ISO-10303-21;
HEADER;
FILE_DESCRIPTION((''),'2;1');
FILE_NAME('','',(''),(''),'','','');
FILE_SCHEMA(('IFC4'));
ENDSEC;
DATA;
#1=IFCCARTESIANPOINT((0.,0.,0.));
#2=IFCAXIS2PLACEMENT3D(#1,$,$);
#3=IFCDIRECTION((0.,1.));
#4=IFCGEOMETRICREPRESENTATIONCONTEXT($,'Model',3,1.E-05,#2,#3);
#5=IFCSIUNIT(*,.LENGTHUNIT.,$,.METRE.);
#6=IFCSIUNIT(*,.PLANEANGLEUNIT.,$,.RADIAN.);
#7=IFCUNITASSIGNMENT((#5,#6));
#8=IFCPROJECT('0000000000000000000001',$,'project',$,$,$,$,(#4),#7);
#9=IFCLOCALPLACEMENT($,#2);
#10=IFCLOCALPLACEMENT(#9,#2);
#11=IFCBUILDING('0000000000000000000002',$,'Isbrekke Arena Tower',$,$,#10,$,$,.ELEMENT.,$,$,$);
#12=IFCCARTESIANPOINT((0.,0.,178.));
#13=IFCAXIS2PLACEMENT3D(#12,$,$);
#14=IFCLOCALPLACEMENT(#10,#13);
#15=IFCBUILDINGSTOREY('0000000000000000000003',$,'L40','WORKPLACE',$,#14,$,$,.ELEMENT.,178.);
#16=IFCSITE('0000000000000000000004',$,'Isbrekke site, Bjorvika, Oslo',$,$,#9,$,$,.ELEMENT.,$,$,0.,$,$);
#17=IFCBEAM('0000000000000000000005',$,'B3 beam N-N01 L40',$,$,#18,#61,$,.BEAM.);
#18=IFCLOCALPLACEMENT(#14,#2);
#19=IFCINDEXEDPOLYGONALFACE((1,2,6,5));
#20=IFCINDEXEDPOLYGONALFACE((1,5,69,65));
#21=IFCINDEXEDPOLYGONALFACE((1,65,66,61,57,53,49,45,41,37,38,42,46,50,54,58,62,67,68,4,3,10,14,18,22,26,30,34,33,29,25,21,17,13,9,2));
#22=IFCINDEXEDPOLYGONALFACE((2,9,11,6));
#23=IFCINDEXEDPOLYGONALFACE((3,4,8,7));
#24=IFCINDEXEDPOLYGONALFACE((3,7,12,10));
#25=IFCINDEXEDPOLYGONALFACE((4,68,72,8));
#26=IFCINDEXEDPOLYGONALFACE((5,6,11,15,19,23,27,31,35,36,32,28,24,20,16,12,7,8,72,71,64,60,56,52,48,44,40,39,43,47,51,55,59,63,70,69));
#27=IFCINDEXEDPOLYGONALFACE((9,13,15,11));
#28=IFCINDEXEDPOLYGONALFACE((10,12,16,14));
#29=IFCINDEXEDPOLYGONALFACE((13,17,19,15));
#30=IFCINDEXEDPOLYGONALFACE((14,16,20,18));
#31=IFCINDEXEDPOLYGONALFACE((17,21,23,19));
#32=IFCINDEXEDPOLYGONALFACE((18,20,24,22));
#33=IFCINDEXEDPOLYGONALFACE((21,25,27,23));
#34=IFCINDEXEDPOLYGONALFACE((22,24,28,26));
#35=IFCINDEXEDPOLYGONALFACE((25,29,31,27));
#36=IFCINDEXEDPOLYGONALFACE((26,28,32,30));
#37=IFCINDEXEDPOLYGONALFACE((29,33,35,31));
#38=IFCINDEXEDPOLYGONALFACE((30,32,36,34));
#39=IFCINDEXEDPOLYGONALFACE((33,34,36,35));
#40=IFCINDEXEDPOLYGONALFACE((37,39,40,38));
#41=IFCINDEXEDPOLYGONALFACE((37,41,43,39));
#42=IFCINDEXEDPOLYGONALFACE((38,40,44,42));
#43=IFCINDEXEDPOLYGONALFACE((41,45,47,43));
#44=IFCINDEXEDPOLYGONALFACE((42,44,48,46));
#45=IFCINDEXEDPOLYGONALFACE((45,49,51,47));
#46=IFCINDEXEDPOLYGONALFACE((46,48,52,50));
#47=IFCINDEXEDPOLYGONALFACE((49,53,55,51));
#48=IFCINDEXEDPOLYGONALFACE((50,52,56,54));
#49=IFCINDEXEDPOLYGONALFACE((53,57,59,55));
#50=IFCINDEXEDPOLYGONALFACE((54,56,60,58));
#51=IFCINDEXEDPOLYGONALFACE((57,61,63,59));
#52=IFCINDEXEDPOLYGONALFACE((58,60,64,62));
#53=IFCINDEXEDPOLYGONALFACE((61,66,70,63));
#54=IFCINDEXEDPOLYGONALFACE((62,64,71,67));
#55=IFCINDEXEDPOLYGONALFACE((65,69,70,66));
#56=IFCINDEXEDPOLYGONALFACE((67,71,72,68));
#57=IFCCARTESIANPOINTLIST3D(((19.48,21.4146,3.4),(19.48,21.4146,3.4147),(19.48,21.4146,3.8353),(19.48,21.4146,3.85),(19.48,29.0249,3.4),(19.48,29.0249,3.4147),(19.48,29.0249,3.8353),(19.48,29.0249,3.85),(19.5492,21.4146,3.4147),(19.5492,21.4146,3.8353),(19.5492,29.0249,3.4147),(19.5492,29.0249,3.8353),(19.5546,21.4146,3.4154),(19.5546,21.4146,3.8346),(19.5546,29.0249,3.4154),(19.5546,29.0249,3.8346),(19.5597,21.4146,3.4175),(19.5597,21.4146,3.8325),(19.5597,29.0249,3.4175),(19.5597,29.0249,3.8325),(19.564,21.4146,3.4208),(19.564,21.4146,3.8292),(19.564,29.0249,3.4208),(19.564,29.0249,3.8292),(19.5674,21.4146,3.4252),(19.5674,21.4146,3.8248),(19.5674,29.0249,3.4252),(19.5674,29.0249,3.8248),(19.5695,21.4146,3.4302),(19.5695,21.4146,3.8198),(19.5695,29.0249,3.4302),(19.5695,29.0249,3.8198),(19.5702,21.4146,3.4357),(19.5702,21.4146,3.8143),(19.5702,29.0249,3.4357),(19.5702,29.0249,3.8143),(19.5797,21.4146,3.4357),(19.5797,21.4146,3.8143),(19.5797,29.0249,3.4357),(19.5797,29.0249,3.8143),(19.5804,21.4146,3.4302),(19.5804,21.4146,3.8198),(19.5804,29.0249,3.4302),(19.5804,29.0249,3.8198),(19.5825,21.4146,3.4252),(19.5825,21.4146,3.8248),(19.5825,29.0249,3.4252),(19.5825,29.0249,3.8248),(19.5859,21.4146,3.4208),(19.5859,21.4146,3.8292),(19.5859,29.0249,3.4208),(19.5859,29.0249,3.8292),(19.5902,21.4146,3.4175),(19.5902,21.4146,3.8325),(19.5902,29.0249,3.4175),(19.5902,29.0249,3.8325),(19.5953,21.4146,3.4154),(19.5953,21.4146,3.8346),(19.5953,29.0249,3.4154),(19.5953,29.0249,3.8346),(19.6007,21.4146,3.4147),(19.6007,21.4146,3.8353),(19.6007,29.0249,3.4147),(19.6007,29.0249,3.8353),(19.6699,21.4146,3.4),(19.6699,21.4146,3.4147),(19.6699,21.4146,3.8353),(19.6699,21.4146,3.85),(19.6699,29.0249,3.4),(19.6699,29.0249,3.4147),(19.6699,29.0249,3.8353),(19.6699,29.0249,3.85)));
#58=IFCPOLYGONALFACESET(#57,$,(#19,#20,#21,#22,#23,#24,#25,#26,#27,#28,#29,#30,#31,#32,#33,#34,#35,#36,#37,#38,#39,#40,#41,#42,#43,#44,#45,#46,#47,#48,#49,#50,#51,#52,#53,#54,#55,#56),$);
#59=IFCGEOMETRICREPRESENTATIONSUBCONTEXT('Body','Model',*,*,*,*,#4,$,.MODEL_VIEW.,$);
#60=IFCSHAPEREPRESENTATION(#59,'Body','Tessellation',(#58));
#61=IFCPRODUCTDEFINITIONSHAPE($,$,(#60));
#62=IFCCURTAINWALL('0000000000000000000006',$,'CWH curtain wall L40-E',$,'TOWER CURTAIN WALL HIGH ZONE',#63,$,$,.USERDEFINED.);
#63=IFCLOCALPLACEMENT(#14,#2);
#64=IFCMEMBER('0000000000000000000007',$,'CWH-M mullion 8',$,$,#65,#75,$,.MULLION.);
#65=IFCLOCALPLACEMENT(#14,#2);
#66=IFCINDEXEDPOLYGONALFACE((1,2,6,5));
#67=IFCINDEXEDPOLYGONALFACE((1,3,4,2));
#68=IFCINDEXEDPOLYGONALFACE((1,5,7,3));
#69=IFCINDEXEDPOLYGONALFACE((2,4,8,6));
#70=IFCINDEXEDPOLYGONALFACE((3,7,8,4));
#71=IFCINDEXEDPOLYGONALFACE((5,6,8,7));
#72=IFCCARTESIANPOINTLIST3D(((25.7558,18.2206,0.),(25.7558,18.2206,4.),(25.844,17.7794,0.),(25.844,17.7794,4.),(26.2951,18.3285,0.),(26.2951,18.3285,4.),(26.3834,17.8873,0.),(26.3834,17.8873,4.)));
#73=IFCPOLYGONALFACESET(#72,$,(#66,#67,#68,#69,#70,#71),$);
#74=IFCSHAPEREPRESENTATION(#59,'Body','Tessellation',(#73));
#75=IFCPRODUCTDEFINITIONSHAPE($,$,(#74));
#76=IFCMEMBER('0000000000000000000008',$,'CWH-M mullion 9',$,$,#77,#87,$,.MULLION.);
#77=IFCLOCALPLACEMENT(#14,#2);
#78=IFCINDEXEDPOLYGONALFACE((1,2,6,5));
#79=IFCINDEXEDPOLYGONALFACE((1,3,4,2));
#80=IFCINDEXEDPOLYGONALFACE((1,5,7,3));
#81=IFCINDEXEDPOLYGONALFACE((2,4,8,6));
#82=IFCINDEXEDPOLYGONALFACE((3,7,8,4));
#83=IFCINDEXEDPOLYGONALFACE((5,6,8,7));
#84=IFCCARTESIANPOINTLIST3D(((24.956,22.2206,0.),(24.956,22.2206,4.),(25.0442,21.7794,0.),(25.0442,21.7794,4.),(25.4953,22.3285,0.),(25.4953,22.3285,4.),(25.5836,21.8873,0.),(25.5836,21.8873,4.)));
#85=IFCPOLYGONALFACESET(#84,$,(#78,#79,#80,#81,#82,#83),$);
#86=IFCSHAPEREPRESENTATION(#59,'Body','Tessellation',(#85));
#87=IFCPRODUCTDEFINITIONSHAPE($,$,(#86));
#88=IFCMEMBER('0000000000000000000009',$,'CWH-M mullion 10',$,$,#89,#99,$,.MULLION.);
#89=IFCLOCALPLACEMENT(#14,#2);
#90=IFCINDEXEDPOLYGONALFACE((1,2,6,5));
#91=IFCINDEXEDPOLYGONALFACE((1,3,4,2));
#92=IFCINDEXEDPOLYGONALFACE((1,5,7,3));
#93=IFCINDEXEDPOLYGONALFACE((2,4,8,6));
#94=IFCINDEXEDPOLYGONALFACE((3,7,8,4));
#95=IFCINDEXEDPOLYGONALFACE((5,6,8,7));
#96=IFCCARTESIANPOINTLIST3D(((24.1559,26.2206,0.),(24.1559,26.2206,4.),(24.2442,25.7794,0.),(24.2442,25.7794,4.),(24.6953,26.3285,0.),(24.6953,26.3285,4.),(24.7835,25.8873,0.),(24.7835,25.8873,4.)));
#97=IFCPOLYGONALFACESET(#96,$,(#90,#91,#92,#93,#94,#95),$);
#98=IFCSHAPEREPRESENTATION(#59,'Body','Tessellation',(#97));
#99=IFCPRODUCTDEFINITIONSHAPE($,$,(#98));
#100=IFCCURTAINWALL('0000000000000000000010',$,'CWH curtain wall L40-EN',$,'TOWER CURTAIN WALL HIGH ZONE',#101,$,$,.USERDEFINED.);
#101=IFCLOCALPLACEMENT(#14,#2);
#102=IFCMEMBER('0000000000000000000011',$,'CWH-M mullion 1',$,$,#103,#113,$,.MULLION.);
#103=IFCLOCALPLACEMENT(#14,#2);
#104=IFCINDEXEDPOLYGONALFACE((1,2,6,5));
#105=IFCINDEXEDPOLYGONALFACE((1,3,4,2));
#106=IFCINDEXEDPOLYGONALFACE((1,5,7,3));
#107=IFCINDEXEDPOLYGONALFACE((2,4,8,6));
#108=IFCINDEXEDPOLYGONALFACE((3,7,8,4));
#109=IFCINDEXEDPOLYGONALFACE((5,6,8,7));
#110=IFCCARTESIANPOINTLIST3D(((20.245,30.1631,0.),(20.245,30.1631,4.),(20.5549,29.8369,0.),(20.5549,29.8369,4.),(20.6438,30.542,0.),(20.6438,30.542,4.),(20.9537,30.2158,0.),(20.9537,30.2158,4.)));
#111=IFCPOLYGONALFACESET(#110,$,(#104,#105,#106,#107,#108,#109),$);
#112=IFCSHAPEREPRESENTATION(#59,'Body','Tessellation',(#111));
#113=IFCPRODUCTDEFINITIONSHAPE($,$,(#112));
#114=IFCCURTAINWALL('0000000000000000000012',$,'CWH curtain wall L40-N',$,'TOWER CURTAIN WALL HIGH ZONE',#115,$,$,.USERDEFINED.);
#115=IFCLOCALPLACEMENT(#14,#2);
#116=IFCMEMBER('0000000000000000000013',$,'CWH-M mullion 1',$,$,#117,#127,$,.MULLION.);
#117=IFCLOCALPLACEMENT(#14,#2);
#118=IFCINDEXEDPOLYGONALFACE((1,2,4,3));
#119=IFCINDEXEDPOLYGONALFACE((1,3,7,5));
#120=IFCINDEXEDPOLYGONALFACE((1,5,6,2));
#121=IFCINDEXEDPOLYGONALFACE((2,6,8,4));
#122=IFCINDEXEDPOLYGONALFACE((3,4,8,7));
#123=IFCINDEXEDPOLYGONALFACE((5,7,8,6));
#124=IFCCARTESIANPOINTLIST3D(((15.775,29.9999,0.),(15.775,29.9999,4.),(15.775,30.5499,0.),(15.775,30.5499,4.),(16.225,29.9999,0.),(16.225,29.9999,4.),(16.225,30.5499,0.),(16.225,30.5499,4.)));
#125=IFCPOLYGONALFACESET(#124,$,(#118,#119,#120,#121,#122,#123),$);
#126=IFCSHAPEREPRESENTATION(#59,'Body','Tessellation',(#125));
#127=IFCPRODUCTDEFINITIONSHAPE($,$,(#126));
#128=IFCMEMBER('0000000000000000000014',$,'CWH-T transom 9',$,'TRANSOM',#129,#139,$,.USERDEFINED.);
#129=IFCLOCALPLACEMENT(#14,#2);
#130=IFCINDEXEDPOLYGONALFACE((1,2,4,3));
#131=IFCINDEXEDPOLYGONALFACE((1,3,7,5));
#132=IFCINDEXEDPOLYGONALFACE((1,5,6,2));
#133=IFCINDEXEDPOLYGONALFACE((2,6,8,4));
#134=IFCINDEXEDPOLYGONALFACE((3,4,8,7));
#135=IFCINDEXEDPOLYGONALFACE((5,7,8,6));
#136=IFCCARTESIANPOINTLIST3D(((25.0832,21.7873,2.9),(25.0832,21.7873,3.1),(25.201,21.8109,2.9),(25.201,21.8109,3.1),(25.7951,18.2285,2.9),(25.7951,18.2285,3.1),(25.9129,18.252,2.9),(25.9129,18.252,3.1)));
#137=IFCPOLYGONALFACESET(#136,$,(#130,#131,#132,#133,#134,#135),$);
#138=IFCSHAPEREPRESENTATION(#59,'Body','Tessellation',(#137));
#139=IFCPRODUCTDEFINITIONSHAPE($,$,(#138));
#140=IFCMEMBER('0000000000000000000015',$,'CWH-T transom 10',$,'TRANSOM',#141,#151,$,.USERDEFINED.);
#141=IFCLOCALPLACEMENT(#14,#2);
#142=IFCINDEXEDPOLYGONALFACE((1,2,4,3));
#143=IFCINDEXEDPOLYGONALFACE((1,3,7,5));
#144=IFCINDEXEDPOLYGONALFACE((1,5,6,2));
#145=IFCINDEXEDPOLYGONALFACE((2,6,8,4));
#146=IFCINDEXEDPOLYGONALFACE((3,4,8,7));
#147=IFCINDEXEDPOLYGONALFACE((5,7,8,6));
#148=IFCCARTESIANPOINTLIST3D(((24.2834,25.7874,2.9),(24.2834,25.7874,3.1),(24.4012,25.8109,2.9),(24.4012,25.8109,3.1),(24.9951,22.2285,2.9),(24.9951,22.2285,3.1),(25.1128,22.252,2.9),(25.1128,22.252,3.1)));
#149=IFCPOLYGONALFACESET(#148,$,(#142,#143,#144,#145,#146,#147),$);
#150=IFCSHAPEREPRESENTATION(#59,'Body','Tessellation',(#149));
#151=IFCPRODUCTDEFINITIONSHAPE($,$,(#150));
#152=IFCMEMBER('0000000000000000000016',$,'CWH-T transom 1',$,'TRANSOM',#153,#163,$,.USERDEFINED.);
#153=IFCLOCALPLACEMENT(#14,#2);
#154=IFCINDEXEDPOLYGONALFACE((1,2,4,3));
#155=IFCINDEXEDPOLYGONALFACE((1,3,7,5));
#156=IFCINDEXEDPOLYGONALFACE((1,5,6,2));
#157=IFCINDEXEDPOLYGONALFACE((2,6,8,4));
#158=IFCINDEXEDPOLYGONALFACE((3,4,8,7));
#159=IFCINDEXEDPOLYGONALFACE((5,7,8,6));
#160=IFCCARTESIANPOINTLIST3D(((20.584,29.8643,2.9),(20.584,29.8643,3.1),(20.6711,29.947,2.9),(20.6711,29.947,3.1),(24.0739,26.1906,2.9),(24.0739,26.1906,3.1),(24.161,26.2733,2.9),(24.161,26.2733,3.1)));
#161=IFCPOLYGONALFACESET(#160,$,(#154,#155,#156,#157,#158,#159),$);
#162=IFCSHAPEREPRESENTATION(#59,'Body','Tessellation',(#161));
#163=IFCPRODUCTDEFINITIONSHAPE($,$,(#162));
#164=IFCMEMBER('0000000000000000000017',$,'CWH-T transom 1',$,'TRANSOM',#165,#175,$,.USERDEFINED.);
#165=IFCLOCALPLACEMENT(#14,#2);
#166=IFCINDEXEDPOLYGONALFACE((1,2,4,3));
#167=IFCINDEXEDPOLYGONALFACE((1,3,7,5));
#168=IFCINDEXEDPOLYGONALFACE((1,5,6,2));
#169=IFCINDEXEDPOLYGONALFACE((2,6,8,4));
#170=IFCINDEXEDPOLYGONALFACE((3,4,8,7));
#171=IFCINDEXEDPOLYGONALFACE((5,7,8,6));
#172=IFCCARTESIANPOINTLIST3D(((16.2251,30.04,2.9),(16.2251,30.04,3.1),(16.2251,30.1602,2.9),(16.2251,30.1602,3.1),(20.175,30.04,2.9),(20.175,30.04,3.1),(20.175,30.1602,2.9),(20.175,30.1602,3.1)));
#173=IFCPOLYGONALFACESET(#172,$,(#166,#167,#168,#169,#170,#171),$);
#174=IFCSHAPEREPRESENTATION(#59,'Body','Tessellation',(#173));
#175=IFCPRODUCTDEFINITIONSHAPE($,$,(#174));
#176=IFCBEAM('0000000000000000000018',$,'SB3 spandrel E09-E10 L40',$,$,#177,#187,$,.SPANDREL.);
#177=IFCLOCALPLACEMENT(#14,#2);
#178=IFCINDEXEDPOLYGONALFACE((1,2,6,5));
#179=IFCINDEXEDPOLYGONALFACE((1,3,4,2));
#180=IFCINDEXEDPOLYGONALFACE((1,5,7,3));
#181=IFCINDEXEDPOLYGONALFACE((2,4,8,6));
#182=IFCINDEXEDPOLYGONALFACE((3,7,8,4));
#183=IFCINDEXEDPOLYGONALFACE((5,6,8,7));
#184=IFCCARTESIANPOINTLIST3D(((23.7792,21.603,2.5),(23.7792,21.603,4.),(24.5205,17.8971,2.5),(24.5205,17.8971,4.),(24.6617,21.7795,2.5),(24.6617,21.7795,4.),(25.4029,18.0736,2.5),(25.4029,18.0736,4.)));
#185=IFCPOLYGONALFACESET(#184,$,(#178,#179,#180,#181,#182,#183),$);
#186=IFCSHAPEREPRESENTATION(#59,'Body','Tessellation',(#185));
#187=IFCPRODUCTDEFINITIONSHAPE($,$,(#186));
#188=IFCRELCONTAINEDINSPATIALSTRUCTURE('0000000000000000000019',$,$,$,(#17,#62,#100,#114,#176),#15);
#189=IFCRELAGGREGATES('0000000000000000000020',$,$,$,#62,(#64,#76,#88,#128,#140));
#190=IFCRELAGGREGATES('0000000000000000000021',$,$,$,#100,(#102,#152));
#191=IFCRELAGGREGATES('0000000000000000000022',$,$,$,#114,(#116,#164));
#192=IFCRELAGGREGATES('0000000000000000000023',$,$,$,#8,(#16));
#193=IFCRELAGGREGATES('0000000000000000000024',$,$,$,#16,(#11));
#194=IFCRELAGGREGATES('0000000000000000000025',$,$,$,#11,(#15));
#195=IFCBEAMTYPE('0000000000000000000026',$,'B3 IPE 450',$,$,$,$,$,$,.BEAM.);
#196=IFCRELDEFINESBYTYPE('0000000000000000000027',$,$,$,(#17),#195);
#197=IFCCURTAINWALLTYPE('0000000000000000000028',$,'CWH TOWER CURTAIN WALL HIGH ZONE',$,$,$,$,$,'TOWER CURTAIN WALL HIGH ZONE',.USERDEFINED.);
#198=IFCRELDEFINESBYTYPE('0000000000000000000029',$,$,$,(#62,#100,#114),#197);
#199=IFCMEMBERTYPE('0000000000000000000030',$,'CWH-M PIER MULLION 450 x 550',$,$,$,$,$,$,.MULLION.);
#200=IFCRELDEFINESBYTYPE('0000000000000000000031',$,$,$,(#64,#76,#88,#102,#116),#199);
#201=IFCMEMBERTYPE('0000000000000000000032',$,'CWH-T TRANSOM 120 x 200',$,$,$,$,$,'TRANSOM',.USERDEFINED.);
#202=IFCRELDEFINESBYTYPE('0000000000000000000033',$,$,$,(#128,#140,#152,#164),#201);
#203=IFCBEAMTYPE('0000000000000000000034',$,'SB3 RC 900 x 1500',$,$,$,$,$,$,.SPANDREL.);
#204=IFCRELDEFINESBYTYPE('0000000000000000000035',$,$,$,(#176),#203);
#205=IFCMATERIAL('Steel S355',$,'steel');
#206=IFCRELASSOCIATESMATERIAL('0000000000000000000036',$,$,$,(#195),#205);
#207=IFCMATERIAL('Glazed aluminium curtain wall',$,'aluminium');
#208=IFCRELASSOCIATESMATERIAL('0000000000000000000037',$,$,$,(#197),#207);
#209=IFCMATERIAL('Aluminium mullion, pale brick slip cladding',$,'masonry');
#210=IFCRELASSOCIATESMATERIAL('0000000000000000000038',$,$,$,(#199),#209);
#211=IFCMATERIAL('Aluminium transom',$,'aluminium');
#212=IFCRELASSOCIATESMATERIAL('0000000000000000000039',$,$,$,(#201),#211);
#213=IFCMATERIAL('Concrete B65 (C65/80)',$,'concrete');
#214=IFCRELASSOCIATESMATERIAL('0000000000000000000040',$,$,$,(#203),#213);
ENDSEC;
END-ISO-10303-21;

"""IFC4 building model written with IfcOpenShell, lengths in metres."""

from ifc_helpers import new_model, si_unit, direction, frame, origin, origin_2d, place, context, subcontext, project, spatial, rectangle, i_section, extrude, material, material_profile, profile_set, type_object, element, aggregate, save


model = new_model("IFC4")

# Units and contexts
model_context = context("Model", 3, precision=1e-05, world=origin(), true_north=direction((0.0, 1.0)))
body_context = subcontext(model_context, "Body", "Model", "MODEL_VIEW")
ifc_project = project(units=[si_unit("LENGTHUNIT", "METRE"), si_unit("PLANEANGLEUNIT", "RADIAN")], contexts=[model_context])

# Site, building, storey
site_placement = place(None, origin())
site = spatial("IfcSite", under=ifc_project, at=site_placement, Name="Isbrekke site, Bjorvika, Oslo", CompositionType="ELEMENT", RefElevation=0.0)
building_placement = place(site_placement, origin())
building = spatial("IfcBuilding", under=site, at=building_placement, Name="Isbrekke Arena Tower", CompositionType="ELEMENT")
storey_placement = place(building_placement, frame((0.0, 0.0, 178.0)))
storey = spatial("IfcBuildingStorey", under=building, at=storey_placement, Name="L40", Description="WORKPLACE", CompositionType="ELEMENT", Elevation=178.0)

# Beam
ifc_material_1 = material(Name="Steel S355", Category="steel")
ifc_material_profile_1 = material_profile(ifc_material_1, i_section(OverallWidth=0.1899, OverallDepth=0.45, WebThickness=0.0095, FlangeThickness=0.0146, FilletRadius=0.021, at=origin_2d()), Name="IPE 450")
ifc_profile_set_1 = profile_set([ifc_material_profile_1], Name="Steel S355")
beam_type_1 = type_object("IfcBeamType", Name="B3 IPE 450", PredefinedType="BEAM", material=ifc_profile_set_1)
beam_1_placement = place(storey_placement, frame((19.575, 29.0249, 3.625), z_axis=(0.0, -1.0, 0.0), x_axis=(1.0, 0.0, 0.0)))
element("IfcBeam", 1, at=beam_1_placement, inside=storey, type_object=beam_type_1, Name="B3 beam N-N01 L40", PredefinedType="BEAM", context=body_context, shape_type="SweptSolid", body=[
    extrude(i_section(OverallWidth=0.1899, OverallDepth=0.45, WebThickness=0.0095, FlangeThickness=0.0146, FilletRadius=0.021, at=origin_2d()), origin(), (0.0, 0.0, 1.0), 7.6104),
])

# Curtain wall, members
ifc_material_2 = material(Name="Glazed aluminium curtain wall", Category="aluminium")
curtain_wall_type = type_object("IfcCurtainWallType", Name="CWH TOWER CURTAIN WALL HIGH ZONE", ElementType="TOWER CURTAIN WALL HIGH ZONE", PredefinedType="USERDEFINED", material=ifc_material_2)
curtain_wall_1_placement = place(storey_placement, origin())
curtain_wall_1 = element("IfcCurtainWall", 2, at=curtain_wall_1_placement, inside=storey, type_object=curtain_wall_type, Name="CWH curtain wall L40-E", ObjectType="TOWER CURTAIN WALL HIGH ZONE", PredefinedType="USERDEFINED")
ifc_material_3 = material(Name="Aluminium mullion, pale brick slip cladding", Category="masonry")
ifc_material_profile_2 = material_profile(ifc_material_3, rectangle(XDim=0.45, YDim=0.55, at=origin_2d()), Name="PIER 450X550")
ifc_profile_set_2 = profile_set([ifc_material_profile_2], Name="Aluminium mullion, pale brick slip cladding")
member_type_1 = type_object("IfcMemberType", Name="CWH-M PIER MULLION 450 x 550", PredefinedType="MULLION", material=ifc_profile_set_2)
member_1_placement = place(storey_placement, frame((26.0696, 18.054, 0.0), z_axis=(0.0, 0.0, 1.0), x_axis=(-0.196116, 0.980581, 0.0)))
member_1 = element("IfcMember", 3, at=member_1_placement, type_object=member_type_1, Name="CWH-M mullion 8", PredefinedType="MULLION", context=body_context, shape_type="SweptSolid", body=[
    extrude(rectangle(XDim=0.45, YDim=0.55, at=origin_2d()), origin(), (0.0, 0.0, 1.0), 4.0),
])
member_2_placement = place(storey_placement, frame((25.2698, 22.054, 0.0), z_axis=(0.0, 0.0, 1.0), x_axis=(-0.196116, 0.980581, 0.0)))
member_2 = element("IfcMember", 4, at=member_2_placement, type_object=member_type_1, Name="CWH-M mullion 9", PredefinedType="MULLION", context=body_context, shape_type="SweptSolid", body=[
    extrude(rectangle(XDim=0.45, YDim=0.55, at=origin_2d()), origin(), (0.0, 0.0, 1.0), 4.0),
])
member_3_placement = place(storey_placement, frame((24.4697, 26.054, 0.0), z_axis=(0.0, 0.0, 1.0), x_axis=(-0.196116, 0.980581, 0.0)))
member_3 = element("IfcMember", 5, at=member_3_placement, type_object=member_type_1, Name="CWH-M mullion 10", PredefinedType="MULLION", context=body_context, shape_type="SweptSolid", body=[
    extrude(rectangle(XDim=0.45, YDim=0.55, at=origin_2d()), origin(), (0.0, 0.0, 1.0), 4.0),
])

# Curtain walls, members
curtain_wall_2_placement = place(storey_placement, origin())
curtain_wall_2 = element("IfcCurtainWall", 6, at=curtain_wall_2_placement, inside=storey, type_object=curtain_wall_type, Name="CWH curtain wall L40-EN", ObjectType="TOWER CURTAIN WALL HIGH ZONE", PredefinedType="USERDEFINED")
member_4_placement = place(storey_placement, frame((20.5994, 30.1895, 0.0), z_axis=(0.0, 0.0, 1.0), x_axis=(-0.688749, 0.724999, 0.0)))
member_4 = element("IfcMember", 7, at=member_4_placement, type_object=member_type_1, Name="CWH-M mullion 1", PredefinedType="MULLION", context=body_context, shape_type="SweptSolid", body=[
    extrude(rectangle(XDim=0.45, YDim=0.55, at=origin_2d()), origin(), (0.0, 0.0, 1.0), 4.0),
])
curtain_wall_3_placement = place(storey_placement, origin())
curtain_wall_3 = element("IfcCurtainWall", 8, at=curtain_wall_3_placement, inside=storey, type_object=curtain_wall_type, Name="CWH curtain wall L40-N", ObjectType="TOWER CURTAIN WALL HIGH ZONE", PredefinedType="USERDEFINED")
member_5_placement = place(storey_placement, frame((16.0, 30.2749, 0.0), z_axis=(0.0, 0.0, 1.0), x_axis=(-1.0, 0.0, 0.0)))
member_5 = element("IfcMember", 9, at=member_5_placement, type_object=member_type_1, Name="CWH-M mullion 1", PredefinedType="MULLION", context=body_context, shape_type="SweptSolid", body=[
    extrude(rectangle(XDim=0.45, YDim=0.55, at=origin_2d()), origin(), (0.0, 0.0, 1.0), 4.0),
])

# Members
ifc_material_4 = material(Name="Aluminium transom", Category="aluminium")
ifc_material_profile_3 = material_profile(ifc_material_4, rectangle(XDim=0.1201, YDim=0.2, at=origin_2d()), Name="TRANSOM 120X200")
ifc_profile_set_3 = profile_set([ifc_material_profile_3], Name="Aluminium transom")
member_type_2 = type_object("IfcMemberType", Name="CWH-T TRANSOM 120 x 200", ElementType="TRANSOM", PredefinedType="USERDEFINED", material=ifc_profile_set_3)
member_6_placement = place(storey_placement, frame((25.854, 18.2402, 3.0), z_axis=(-0.196155, 0.980573, 0.0), x_axis=(-0.980573, -0.196155, 0.0)))
member_6 = element("IfcMember", 10, at=member_6_placement, type_object=member_type_2, Name="CWH-T transom 9", ObjectType="TRANSOM", PredefinedType="USERDEFINED", context=body_context, shape_type="SweptSolid", body=[
    extrude(rectangle(XDim=0.1201, YDim=0.2, at=origin_2d()), origin(), (0.0, 0.0, 1.0), 3.6294),
])
member_7_placement = place(storey_placement, frame((25.054, 22.2402, 3.0), z_axis=(-0.19609, 0.980586, 0.0), x_axis=(-0.980586, -0.19609, 0.0)))
member_7 = element("IfcMember", 11, at=member_7_placement, type_object=member_type_2, Name="CWH-T transom 10", ObjectType="TRANSOM", PredefinedType="USERDEFINED", context=body_context, shape_type="SweptSolid", body=[
    extrude(rectangle(XDim=0.1201, YDim=0.2, at=origin_2d()), origin(), (0.0, 0.0, 1.0), 3.6294),
])
member_8_placement = place(storey_placement, frame((24.1174, 26.2319, 3.0), z_axis=(-0.688734, 0.725014, 0.0), x_axis=(-0.725014, -0.688734, 0.0)))
member_8 = element("IfcMember", 12, at=member_8_placement, type_object=member_type_2, Name="CWH-T transom 1", ObjectType="TRANSOM", PredefinedType="USERDEFINED", context=body_context, shape_type="SweptSolid", body=[
    extrude(rectangle(XDim=0.1201, YDim=0.2, at=origin_2d()), origin(), (0.0, 0.0, 1.0), 5.0671),
])
member_9_placement = place(storey_placement, frame((20.175, 30.1001, 3.0), z_axis=(-1.0, 0.0, 0.0), x_axis=(0.0, -1.0, 0.0)))
member_9 = element("IfcMember", 13, at=member_9_placement, type_object=member_type_2, Name="CWH-T transom 1", ObjectType="TRANSOM", PredefinedType="USERDEFINED", context=body_context, shape_type="SweptSolid", body=[
    extrude(rectangle(XDim=0.1201, YDim=0.2, at=origin_2d()), origin(), (0.0, 0.0, 1.0), 3.95),
])

# Beam
ifc_material_5 = material(Name="Concrete B65 (C65/80)", Category="concrete")
ifc_material_profile_4 = material_profile(ifc_material_5, rectangle(XDim=0.8999, YDim=1.5, at=origin_2d()), Name="RC 900x1500")
ifc_profile_set_4 = profile_set([ifc_material_profile_4], Name="Concrete B65 (C65/80)")
beam_type_2 = type_object("IfcBeamType", Name="SB3 RC 900 x 1500", PredefinedType="SPANDREL", material=ifc_profile_set_4)
beam_2_placement = place(storey_placement, frame((24.9617, 17.9854, 3.25), z_axis=(-0.196129, 0.980578, 0.0), x_axis=(-0.980578, -0.196129, 0.0)))
element("IfcBeam", 14, at=beam_2_placement, inside=storey, type_object=beam_type_2, Name="SB3 spandrel E09-E10 L40", PredefinedType="SPANDREL", context=body_context, shape_type="SweptSolid", body=[
    extrude(rectangle(XDim=0.8999, YDim=1.5, at=origin_2d()), origin(), (0.0, 0.0, 1.0), 3.7793),
])

aggregate(curtain_wall_1, [member_1, member_2, member_3, member_6, member_7])
aggregate(curtain_wall_2, [member_4, member_8])
aggregate(curtain_wall_3, [member_5, member_9])

save(model, "model.ifc")
